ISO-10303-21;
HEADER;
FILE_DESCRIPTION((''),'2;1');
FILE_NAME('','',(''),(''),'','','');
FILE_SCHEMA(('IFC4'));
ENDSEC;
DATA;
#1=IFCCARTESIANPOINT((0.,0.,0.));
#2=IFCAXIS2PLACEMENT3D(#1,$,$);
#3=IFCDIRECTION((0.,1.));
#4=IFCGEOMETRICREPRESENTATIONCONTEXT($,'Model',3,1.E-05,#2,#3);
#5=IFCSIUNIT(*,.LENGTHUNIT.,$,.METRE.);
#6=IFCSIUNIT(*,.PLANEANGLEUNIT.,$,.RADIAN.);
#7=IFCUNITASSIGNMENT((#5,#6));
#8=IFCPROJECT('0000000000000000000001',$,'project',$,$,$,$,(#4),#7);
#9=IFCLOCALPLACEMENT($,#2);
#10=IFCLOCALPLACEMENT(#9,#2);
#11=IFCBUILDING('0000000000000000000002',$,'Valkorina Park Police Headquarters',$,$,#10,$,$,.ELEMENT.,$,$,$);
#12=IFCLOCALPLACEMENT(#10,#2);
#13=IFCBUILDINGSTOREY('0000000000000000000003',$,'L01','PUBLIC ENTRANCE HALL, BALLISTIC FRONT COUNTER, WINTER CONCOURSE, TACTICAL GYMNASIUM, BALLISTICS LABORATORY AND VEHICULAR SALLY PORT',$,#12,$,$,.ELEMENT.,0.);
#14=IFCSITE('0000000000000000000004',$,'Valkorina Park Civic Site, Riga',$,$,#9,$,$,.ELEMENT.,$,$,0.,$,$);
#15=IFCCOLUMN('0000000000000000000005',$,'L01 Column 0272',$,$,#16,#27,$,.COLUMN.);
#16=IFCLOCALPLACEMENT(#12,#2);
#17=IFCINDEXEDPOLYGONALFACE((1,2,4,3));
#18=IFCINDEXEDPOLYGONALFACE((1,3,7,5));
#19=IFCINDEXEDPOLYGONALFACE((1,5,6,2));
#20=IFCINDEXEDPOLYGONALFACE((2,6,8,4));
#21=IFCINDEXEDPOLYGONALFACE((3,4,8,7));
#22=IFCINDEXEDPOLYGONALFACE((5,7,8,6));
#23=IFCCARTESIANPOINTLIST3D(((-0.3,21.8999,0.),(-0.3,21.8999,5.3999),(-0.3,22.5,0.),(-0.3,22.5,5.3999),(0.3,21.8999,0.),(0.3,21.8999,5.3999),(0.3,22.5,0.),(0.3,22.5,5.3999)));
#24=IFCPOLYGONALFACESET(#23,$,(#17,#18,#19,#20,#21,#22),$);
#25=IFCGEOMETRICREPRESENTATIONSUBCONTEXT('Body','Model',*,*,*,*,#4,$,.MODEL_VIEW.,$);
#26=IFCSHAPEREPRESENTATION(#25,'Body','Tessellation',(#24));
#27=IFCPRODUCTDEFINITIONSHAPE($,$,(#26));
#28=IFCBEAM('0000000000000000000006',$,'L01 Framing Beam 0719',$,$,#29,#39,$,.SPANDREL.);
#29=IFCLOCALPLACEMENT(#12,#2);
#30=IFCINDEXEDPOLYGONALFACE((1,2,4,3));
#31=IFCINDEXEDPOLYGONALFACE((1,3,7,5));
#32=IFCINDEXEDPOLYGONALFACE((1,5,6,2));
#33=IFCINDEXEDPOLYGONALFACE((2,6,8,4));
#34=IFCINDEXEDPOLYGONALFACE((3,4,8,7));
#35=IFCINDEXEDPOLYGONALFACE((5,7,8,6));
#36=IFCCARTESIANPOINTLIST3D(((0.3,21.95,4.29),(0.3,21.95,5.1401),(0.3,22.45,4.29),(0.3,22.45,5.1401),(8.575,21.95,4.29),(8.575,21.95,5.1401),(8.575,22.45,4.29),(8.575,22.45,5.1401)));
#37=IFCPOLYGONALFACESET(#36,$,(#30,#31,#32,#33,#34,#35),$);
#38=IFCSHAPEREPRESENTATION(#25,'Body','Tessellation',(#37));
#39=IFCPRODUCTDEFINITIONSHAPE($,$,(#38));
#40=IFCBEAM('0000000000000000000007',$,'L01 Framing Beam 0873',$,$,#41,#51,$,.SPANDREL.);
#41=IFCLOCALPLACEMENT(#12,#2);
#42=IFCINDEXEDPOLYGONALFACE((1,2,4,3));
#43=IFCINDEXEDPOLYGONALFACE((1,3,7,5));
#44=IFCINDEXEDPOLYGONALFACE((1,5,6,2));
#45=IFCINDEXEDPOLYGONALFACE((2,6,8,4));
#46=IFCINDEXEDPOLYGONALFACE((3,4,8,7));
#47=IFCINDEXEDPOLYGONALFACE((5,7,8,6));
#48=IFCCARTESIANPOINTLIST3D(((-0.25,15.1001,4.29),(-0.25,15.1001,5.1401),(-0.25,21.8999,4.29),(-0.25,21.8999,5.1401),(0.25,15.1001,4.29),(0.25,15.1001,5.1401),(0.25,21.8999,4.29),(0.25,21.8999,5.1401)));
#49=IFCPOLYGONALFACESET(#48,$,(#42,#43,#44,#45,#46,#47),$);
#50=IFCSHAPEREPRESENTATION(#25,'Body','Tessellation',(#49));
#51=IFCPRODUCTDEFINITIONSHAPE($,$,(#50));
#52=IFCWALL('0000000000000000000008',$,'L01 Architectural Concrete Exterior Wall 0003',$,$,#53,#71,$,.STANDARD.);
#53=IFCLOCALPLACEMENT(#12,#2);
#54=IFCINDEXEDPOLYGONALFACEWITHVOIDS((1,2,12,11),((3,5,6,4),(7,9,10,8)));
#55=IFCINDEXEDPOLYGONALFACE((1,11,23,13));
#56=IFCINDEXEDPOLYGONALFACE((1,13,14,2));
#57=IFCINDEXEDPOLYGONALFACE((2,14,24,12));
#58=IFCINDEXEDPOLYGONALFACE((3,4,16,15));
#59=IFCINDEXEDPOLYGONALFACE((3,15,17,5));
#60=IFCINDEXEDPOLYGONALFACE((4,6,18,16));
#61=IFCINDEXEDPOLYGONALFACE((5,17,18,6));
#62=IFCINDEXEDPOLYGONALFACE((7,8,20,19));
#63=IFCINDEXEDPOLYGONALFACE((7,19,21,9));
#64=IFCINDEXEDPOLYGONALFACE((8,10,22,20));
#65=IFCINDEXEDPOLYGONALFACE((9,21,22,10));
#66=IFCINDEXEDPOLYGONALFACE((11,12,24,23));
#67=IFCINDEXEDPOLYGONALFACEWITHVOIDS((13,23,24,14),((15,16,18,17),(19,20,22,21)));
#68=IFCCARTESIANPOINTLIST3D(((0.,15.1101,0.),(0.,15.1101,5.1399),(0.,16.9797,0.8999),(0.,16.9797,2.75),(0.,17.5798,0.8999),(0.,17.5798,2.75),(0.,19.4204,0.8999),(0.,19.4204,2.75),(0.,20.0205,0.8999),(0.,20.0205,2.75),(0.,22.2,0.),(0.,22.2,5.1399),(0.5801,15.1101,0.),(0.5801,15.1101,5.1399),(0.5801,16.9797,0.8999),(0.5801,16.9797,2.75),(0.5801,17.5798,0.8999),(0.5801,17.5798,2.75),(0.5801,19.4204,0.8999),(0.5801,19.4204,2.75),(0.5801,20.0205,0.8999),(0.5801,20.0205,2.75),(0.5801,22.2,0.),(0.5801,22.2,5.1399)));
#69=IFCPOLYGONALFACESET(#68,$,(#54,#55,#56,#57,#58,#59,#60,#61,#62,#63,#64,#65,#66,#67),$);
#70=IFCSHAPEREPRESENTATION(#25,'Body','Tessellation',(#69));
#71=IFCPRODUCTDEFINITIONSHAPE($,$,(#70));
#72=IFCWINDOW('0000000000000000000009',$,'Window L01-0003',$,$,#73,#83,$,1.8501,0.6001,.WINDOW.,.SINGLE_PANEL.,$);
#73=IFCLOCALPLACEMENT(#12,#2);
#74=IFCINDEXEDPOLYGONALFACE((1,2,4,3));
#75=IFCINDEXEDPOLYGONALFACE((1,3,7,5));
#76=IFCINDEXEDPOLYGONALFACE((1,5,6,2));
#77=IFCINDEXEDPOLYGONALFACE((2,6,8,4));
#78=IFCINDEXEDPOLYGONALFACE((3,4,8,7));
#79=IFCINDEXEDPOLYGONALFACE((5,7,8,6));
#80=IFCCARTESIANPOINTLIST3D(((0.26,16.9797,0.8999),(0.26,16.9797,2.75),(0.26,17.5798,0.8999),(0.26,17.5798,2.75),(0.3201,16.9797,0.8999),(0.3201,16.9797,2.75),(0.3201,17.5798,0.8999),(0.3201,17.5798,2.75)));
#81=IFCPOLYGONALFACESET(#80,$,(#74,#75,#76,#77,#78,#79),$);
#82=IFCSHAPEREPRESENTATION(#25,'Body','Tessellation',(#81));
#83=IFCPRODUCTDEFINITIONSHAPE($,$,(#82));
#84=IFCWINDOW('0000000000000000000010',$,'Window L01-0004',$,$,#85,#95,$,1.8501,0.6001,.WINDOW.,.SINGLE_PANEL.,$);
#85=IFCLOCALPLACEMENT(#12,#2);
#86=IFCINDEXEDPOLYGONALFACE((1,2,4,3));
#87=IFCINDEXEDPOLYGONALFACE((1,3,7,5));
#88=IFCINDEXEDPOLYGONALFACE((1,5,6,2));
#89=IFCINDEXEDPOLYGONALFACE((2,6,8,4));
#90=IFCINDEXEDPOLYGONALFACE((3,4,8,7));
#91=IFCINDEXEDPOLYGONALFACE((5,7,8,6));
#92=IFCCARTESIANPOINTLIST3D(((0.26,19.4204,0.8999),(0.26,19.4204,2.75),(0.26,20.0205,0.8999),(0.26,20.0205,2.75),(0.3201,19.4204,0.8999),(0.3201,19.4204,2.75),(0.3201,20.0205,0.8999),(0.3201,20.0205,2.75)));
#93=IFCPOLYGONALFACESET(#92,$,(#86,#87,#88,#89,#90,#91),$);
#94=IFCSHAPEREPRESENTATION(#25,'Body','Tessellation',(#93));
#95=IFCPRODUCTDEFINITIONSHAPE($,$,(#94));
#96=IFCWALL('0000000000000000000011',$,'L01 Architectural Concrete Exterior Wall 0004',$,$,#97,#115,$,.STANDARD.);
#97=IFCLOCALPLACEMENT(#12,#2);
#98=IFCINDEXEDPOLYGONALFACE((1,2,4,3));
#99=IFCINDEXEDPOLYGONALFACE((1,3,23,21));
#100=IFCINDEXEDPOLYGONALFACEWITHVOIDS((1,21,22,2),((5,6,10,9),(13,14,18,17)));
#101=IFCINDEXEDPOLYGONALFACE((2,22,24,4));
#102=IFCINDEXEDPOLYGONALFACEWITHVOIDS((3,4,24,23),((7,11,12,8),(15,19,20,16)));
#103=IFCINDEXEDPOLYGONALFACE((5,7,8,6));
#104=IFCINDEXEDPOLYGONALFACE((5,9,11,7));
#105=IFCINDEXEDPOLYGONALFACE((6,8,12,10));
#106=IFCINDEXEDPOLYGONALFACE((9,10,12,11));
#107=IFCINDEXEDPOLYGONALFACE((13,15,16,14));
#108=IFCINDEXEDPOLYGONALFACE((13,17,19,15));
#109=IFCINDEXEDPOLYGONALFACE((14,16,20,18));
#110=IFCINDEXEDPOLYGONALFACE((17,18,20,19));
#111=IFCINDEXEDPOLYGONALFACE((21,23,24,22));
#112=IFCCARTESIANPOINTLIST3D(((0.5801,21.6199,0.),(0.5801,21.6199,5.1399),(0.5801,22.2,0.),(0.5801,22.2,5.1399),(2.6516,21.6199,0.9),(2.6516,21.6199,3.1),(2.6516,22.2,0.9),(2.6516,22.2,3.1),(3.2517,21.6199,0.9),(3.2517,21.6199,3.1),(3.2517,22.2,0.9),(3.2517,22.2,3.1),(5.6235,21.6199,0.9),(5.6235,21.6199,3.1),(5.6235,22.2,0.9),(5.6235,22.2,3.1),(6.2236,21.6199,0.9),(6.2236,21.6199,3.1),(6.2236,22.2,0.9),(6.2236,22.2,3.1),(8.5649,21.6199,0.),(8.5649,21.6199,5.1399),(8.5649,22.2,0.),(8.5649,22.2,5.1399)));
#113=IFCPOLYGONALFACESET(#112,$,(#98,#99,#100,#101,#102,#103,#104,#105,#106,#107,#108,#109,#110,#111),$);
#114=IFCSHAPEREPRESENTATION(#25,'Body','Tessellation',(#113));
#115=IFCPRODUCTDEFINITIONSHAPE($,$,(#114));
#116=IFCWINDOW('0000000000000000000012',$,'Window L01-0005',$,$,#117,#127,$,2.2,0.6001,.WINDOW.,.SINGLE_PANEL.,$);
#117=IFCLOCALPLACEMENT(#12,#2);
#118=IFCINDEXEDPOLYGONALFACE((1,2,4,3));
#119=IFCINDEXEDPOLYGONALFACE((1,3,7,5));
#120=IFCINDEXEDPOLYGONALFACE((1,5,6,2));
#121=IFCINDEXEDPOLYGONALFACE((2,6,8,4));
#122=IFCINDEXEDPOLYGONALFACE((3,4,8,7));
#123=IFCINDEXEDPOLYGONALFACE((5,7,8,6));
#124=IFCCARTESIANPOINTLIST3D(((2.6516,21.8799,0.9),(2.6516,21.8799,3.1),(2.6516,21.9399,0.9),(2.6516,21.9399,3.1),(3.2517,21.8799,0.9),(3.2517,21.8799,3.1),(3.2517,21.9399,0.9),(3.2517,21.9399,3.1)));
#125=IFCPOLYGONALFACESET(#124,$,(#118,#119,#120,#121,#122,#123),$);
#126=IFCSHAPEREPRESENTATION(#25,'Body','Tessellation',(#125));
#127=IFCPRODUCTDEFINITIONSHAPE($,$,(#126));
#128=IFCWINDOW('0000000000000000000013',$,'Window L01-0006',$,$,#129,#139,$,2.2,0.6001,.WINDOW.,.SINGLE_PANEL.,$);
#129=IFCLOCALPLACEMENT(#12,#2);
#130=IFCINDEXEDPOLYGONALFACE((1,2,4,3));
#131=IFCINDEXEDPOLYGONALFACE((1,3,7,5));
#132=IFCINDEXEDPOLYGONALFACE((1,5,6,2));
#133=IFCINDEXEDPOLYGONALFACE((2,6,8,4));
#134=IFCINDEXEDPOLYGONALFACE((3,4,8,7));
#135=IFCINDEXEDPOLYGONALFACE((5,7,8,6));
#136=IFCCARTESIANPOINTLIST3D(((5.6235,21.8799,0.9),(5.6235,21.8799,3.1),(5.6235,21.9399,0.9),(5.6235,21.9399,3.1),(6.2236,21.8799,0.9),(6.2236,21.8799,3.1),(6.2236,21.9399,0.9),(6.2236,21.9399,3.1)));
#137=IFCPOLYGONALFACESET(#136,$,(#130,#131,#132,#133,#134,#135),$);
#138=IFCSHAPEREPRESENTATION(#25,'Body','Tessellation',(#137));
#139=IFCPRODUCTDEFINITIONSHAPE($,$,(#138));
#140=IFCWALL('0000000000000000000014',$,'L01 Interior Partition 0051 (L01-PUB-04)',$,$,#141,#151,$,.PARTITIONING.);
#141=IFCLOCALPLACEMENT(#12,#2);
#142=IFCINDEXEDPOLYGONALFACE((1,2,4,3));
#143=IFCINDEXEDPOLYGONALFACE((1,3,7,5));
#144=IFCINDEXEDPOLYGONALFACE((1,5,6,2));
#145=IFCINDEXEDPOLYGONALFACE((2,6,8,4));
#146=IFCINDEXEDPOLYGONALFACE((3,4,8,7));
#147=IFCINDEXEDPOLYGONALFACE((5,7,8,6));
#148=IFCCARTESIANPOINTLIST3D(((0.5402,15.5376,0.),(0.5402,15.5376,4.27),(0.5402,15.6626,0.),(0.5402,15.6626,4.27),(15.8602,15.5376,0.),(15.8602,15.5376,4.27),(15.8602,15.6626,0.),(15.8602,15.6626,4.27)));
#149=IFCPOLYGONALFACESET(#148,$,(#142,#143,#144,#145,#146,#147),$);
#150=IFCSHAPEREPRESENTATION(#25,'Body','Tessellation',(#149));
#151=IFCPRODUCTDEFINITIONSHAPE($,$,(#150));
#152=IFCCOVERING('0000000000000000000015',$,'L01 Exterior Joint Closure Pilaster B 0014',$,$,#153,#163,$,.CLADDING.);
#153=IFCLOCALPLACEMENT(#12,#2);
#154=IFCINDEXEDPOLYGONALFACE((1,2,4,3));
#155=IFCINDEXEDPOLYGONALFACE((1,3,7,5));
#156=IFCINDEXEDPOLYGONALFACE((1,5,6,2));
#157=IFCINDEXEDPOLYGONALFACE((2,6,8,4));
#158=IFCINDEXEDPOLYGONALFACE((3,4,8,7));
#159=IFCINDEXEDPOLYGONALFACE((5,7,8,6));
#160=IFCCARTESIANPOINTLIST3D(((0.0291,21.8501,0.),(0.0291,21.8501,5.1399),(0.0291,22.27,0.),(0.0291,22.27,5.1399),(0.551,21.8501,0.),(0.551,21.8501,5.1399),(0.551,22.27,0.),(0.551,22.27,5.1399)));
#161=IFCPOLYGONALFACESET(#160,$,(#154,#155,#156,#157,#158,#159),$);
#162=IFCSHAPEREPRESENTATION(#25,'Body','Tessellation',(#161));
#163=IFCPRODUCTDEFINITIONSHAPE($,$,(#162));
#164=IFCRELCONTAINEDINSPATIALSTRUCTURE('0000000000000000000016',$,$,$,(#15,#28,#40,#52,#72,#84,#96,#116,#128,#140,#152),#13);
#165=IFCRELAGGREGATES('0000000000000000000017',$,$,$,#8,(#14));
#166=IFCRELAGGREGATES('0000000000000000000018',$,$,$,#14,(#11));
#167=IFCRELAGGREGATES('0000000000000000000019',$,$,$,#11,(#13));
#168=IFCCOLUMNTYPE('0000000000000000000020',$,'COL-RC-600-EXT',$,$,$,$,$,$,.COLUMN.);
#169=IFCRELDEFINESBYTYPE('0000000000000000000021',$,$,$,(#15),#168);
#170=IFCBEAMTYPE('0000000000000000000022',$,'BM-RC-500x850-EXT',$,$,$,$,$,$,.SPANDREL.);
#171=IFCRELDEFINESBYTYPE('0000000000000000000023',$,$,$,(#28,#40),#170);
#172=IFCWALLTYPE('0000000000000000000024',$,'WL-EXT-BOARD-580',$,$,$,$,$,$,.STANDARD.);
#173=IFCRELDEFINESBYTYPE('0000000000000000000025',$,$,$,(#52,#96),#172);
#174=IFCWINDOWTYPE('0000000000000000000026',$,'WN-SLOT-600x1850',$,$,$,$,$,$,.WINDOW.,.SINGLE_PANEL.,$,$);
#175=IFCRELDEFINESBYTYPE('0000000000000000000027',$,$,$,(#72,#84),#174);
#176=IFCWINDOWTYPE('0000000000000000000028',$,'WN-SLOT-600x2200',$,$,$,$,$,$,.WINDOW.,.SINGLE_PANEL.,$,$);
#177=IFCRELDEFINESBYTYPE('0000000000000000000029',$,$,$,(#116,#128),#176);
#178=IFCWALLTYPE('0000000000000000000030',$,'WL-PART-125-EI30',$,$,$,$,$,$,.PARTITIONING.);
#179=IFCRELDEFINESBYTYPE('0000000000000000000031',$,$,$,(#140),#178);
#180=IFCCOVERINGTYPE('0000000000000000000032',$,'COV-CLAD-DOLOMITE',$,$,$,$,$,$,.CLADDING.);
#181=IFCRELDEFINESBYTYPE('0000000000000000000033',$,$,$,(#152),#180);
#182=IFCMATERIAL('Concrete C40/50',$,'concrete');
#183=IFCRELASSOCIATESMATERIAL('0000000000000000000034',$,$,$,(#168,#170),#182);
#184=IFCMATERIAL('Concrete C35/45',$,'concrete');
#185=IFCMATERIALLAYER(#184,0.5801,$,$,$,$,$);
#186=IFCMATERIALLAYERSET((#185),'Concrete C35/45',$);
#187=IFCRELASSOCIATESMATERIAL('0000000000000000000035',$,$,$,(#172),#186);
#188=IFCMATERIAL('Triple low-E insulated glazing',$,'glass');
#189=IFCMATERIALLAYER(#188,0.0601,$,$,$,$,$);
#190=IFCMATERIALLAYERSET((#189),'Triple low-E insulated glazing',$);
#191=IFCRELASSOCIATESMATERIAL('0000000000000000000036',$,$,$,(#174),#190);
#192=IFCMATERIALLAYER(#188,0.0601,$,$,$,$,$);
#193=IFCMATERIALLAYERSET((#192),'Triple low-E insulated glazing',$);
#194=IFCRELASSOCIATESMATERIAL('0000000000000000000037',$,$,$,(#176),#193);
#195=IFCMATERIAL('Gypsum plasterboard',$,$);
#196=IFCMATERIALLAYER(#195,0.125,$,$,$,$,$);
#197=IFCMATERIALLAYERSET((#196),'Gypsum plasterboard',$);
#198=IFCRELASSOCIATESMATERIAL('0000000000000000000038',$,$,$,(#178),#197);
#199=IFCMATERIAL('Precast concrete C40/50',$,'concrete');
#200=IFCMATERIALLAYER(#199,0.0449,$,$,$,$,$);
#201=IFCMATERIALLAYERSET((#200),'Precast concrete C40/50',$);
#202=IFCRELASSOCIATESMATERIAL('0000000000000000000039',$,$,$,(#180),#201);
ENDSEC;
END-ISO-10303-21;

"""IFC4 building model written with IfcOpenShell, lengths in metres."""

from ifc_helpers import new_model, si_unit, direction, frame, frame_2d, origin, origin_2d, place, context, subcontext, project, spatial, rectangle, extrude, material, layer, layer_set, material_profile, profile_set, type_object, element, fill, save


model = new_model("IFC4")

# Units and contexts
model_context = context("Model", 3, precision=1e-05, world=origin(), true_north=direction((0.0, 1.0)))
body_context = subcontext(model_context, "Body", "Model", "MODEL_VIEW")
ifc_project = project(units=[si_unit("LENGTHUNIT", "METRE"), si_unit("PLANEANGLEUNIT", "RADIAN")], contexts=[model_context])

# Site, building, storey
site_placement = place(None, origin())
site = spatial("IfcSite", under=ifc_project, at=site_placement, Name="Valkorina Park Civic Site, Riga", CompositionType="ELEMENT", RefElevation=0.0)
building_placement = place(site_placement, origin())
building = spatial("IfcBuilding", under=site, at=building_placement, Name="Valkorina Park Police Headquarters", CompositionType="ELEMENT")
storey_placement = place(building_placement, origin())
storey = spatial("IfcBuildingStorey", under=building, at=storey_placement, Name="L01", Description="PUBLIC ENTRANCE HALL, BALLISTIC FRONT COUNTER, WINTER CONCOURSE, TACTICAL GYMNASIUM, BALLISTICS LABORATORY AND VEHICULAR SALLY PORT", CompositionType="ELEMENT", Elevation=0.0)

# Column
ifc_material_1 = material(Name="Concrete C40/50", Category="concrete")
ifc_material_profile_1 = material_profile(ifc_material_1, rectangle(XDim=0.6001, YDim=0.6001, at=origin_2d()), Name="RC COL 600x600")
ifc_profile_set_1 = profile_set([ifc_material_profile_1], Name="Concrete C40/50")
column_type = type_object("IfcColumnType", Name="COL-RC-600-EXT", PredefinedType="COLUMN", material=ifc_profile_set_1)
column_placement = place(storey_placement, frame((0.0, 22.2, 0.0), z_axis=(0.0, 0.0, 1.0), x_axis=(1.0, 0.0, 0.0)))
element("IfcColumn", 1, at=column_placement, inside=storey, type_object=column_type, Name="L01 Column 0272", PredefinedType="COLUMN", context=body_context, shape_type="SweptSolid", body=[
    extrude(rectangle(XDim=0.6001, YDim=0.6001, at=origin_2d()), origin(), (0.0, 0.0, 1.0), 5.3999),
])

# Beams
ifc_material_profile_2 = material_profile(ifc_material_1, rectangle(XDim=0.5, YDim=0.8501, at=origin_2d()), Name="RC BEAM 500x850")
ifc_profile_set_2 = profile_set([ifc_material_profile_2], Name="Concrete C40/50")
beam_type = type_object("IfcBeamType", Name="BM-RC-500x850-EXT", PredefinedType="SPANDREL", material=ifc_profile_set_2)
beam_1_placement = place(storey_placement, frame((0.3, 22.2, 4.7151), z_axis=(1.0, 0.0, 0.0), x_axis=(0.0, 1.0, 0.0)))
element("IfcBeam", 2, at=beam_1_placement, inside=storey, type_object=beam_type, Name="L01 Framing Beam 0719", PredefinedType="SPANDREL", context=body_context, shape_type="SweptSolid", body=[
    extrude(rectangle(XDim=0.5, YDim=0.8501, at=origin_2d()), origin(), (0.0, 0.0, 1.0), 8.2749),
])
beam_2_placement = place(storey_placement, frame((0.0, 15.1001, 4.7151), z_axis=(0.0, 1.0, 0.0), x_axis=(-1.0, 0.0, 0.0)))
element("IfcBeam", 3, at=beam_2_placement, inside=storey, type_object=beam_type, Name="L01 Framing Beam 0873", PredefinedType="SPANDREL", context=body_context, shape_type="SweptSolid", body=[
    extrude(rectangle(XDim=0.5, YDim=0.8501, at=origin_2d()), origin(), (0.0, 0.0, 1.0), 6.7998),
])

# Walls, openings, windows
ifc_material_2 = material(Name="Concrete C35/45", Category="concrete")
ifc_layer_1 = layer(ifc_material_2, 0.5801)
ifc_layer_set_1 = layer_set([ifc_layer_1], Name="Concrete C35/45")
wall_type_1 = type_object("IfcWallType", Name="WL-EXT-BOARD-580", PredefinedType="STANDARD", material=ifc_layer_set_1)
wall_1_placement = place(storey_placement, frame((0.29, 15.1101, 0.0), z_axis=(0.0, 0.0, 1.0), x_axis=(0.0, 1.0, 0.0)))
wall_1 = element("IfcWall", 4, at=wall_1_placement, inside=storey, type_object=wall_type_1, Name="L01 Architectural Concrete Exterior Wall 0003", PredefinedType="STANDARD", context=body_context, shape_type="SweptSolid", body=[
    extrude(rectangle(XDim=7.0898, YDim=0.5801, at=frame_2d((3.5449, 0.0))), origin(), (0.0, 0.0, 1.0), 5.1399),
])
opening_1_placement = place(wall_1_placement, frame((1.8696, 0.0, 0.8999)))
opening_1 = element("IfcOpeningElement", 5, at=opening_1_placement, cuts=wall_1, PredefinedType="OPENING", context=body_context, shape_type="SweptSolid", body=[
    extrude(rectangle(XDim=0.6001, YDim=1.8501, at=frame_2d((0.3, 0.925))), frame((0.0, 0.3, 0.0), z_axis=(0.0, -1.0, 0.0), x_axis=(1.0, 0.0, 0.0)), (0.0, 0.0, 1.0), 0.6001),
])
opening_2_placement = place(wall_1_placement, frame((4.3103, 0.0, 0.8999)))
opening_2 = element("IfcOpeningElement", 6, at=opening_2_placement, cuts=wall_1, PredefinedType="OPENING", context=body_context, shape_type="SweptSolid", body=[
    extrude(rectangle(XDim=0.6001, YDim=1.8501, at=frame_2d((0.3, 0.925))), frame((0.0, 0.3, 0.0), z_axis=(0.0, -1.0, 0.0), x_axis=(1.0, 0.0, 0.0)), (0.0, 0.0, 1.0), 0.6001),
])
ifc_material_3 = material(Name="Triple low-E insulated glazing", Category="glass")
ifc_layer_2 = layer(ifc_material_3, 0.0601)
ifc_layer_set_2 = layer_set([ifc_layer_2], Name="Triple low-E insulated glazing")
window_type_1 = type_object("IfcWindowType", Name="WN-SLOT-600x1850", PartitioningType="SINGLE_PANEL", PredefinedType="WINDOW", material=ifc_layer_set_2)
window_1_placement = place(opening_1_placement, origin())
window_1 = element("IfcWindow", 7, at=window_1_placement, inside=storey, type_object=window_type_1, Name="Window L01-0003", OverallHeight=1.8501, OverallWidth=0.6001, PartitioningType="SINGLE_PANEL", PredefinedType="WINDOW", context=body_context, shape_type="SweptSolid", body=[
    extrude(rectangle(XDim=0.6001, YDim=1.8501, at=frame_2d((0.3, 0.925))), frame((0.0, 0.03, 0.0), z_axis=(0.0, -1.0, 0.0), x_axis=(1.0, 0.0, 0.0)), (0.0, 0.0, 1.0), 0.0601),
])
fill(opening_1, window_1)
window_2_placement = place(opening_2_placement, origin())
window_2 = element("IfcWindow", 8, at=window_2_placement, inside=storey, type_object=window_type_1, Name="Window L01-0004", OverallHeight=1.8501, OverallWidth=0.6001, PartitioningType="SINGLE_PANEL", PredefinedType="WINDOW", context=body_context, shape_type="SweptSolid", body=[
    extrude(rectangle(XDim=0.6001, YDim=1.8501, at=frame_2d((0.3, 0.925))), frame((0.0, 0.03, 0.0), z_axis=(0.0, -1.0, 0.0), x_axis=(1.0, 0.0, 0.0)), (0.0, 0.0, 1.0), 0.0601),
])
fill(opening_2, window_2)
wall_2_placement = place(storey_placement, frame((0.5801, 21.9099, 0.0), z_axis=(0.0, 0.0, 1.0), x_axis=(1.0, 0.0, 0.0)))
wall_2 = element("IfcWall", 9, at=wall_2_placement, inside=storey, type_object=wall_type_1, Name="L01 Architectural Concrete Exterior Wall 0004", PredefinedType="STANDARD", context=body_context, shape_type="SweptSolid", body=[
    extrude(rectangle(XDim=7.9849, YDim=0.5801, at=frame_2d((3.9924, 0.0))), origin(), (0.0, 0.0, 1.0), 5.1399),
])
opening_3_placement = place(wall_2_placement, frame((2.0715, 0.0, 0.8999)))
opening_3 = element("IfcOpeningElement", 10, at=opening_3_placement, cuts=wall_2, PredefinedType="OPENING", context=body_context, shape_type="SweptSolid", body=[
    extrude(rectangle(XDim=0.6001, YDim=2.2, at=frame_2d((0.3, 1.1001))), frame((0.0, 0.3, 0.0), z_axis=(0.0, -1.0, 0.0), x_axis=(1.0, 0.0, 0.0)), (0.0, 0.0, 1.0), 0.6001),
])
opening_4_placement = place(wall_2_placement, frame((5.0435, 0.0, 0.8999)))
opening_4 = element("IfcOpeningElement", 11, at=opening_4_placement, cuts=wall_2, PredefinedType="OPENING", context=body_context, shape_type="SweptSolid", body=[
    extrude(rectangle(XDim=0.6001, YDim=2.2, at=frame_2d((0.3, 1.1001))), frame((0.0, 0.3, 0.0), z_axis=(0.0, -1.0, 0.0), x_axis=(1.0, 0.0, 0.0)), (0.0, 0.0, 1.0), 0.6001),
])
ifc_layer_3 = layer(ifc_material_3, 0.0601)
ifc_layer_set_3 = layer_set([ifc_layer_3], Name="Triple low-E insulated glazing")
window_type_2 = type_object("IfcWindowType", Name="WN-SLOT-600x2200", PartitioningType="SINGLE_PANEL", PredefinedType="WINDOW", material=ifc_layer_set_3)
window_3_placement = place(opening_3_placement, origin())
window_3 = element("IfcWindow", 12, at=window_3_placement, inside=storey, type_object=window_type_2, Name="Window L01-0005", OverallHeight=2.2, OverallWidth=0.6001, PartitioningType="SINGLE_PANEL", PredefinedType="WINDOW", context=body_context, shape_type="SweptSolid", body=[
    extrude(rectangle(XDim=0.6001, YDim=2.2, at=frame_2d((0.3, 1.1001))), frame((0.0, 0.03, 0.0), z_axis=(0.0, -1.0, 0.0), x_axis=(1.0, 0.0, 0.0)), (0.0, 0.0, 1.0), 0.0601),
])
fill(opening_3, window_3)
window_4_placement = place(opening_4_placement, origin())
window_4 = element("IfcWindow", 13, at=window_4_placement, inside=storey, type_object=window_type_2, Name="Window L01-0006", OverallHeight=2.2, OverallWidth=0.6001, PartitioningType="SINGLE_PANEL", PredefinedType="WINDOW", context=body_context, shape_type="SweptSolid", body=[
    extrude(rectangle(XDim=0.6001, YDim=2.2, at=frame_2d((0.3, 1.1001))), frame((0.0, 0.03, 0.0), z_axis=(0.0, -1.0, 0.0), x_axis=(1.0, 0.0, 0.0)), (0.0, 0.0, 1.0), 0.0601),
])
fill(opening_4, window_4)

# Wall
ifc_material_4 = material(Name="Gypsum plasterboard")
ifc_layer_4 = layer(ifc_material_4, 0.125)
ifc_layer_set_4 = layer_set([ifc_layer_4], Name="Gypsum plasterboard")
wall_type_2 = type_object("IfcWallType", Name="WL-PART-125-EI30", PredefinedType="PARTITIONING", material=ifc_layer_set_4)
wall_3_placement = place(storey_placement, frame((0.54, 15.6001, 0.0), z_axis=(0.0, 0.0, 1.0), x_axis=(1.0, 0.0, 0.0)))
element("IfcWall", 14, at=wall_3_placement, inside=storey, type_object=wall_type_2, Name="L01 Interior Partition 0051 (L01-PUB-04)", PredefinedType="PARTITIONING", context=body_context, shape_type="SweptSolid", body=[
    extrude(rectangle(XDim=15.3201, YDim=0.125, at=frame_2d((7.6602, 0.0))), origin(), (0.0, 0.0, 1.0), 4.27),
])

# Covering
ifc_material_5 = material(Name="Precast concrete C40/50", Category="concrete")
ifc_layer_5 = layer(ifc_material_5, 0.0449)
ifc_layer_set_5 = layer_set([ifc_layer_5], Name="Precast concrete C40/50")
covering_type = type_object("IfcCoveringType", Name="COV-CLAD-DOLOMITE", PredefinedType="CLADDING", material=ifc_layer_set_5)
covering_1_placement = place(storey_placement, frame((0.29, 22.0601, 0.0), z_axis=(0.0, 0.0, 1.0), x_axis=(0.0, 1.0, 0.0)))
element("IfcCovering", 15, at=covering_1_placement, inside=storey, type_object=covering_type, Name="L01 Exterior Joint Closure Pilaster B 0014", PredefinedType="CLADDING", context=body_context, shape_type="SweptSolid", body=[
    extrude(rectangle(XDim=0.4199, YDim=0.522, at=origin_2d()), origin(), (0.0, 0.0, 1.0), 5.1399),
])

save(model, "model.ifc")
